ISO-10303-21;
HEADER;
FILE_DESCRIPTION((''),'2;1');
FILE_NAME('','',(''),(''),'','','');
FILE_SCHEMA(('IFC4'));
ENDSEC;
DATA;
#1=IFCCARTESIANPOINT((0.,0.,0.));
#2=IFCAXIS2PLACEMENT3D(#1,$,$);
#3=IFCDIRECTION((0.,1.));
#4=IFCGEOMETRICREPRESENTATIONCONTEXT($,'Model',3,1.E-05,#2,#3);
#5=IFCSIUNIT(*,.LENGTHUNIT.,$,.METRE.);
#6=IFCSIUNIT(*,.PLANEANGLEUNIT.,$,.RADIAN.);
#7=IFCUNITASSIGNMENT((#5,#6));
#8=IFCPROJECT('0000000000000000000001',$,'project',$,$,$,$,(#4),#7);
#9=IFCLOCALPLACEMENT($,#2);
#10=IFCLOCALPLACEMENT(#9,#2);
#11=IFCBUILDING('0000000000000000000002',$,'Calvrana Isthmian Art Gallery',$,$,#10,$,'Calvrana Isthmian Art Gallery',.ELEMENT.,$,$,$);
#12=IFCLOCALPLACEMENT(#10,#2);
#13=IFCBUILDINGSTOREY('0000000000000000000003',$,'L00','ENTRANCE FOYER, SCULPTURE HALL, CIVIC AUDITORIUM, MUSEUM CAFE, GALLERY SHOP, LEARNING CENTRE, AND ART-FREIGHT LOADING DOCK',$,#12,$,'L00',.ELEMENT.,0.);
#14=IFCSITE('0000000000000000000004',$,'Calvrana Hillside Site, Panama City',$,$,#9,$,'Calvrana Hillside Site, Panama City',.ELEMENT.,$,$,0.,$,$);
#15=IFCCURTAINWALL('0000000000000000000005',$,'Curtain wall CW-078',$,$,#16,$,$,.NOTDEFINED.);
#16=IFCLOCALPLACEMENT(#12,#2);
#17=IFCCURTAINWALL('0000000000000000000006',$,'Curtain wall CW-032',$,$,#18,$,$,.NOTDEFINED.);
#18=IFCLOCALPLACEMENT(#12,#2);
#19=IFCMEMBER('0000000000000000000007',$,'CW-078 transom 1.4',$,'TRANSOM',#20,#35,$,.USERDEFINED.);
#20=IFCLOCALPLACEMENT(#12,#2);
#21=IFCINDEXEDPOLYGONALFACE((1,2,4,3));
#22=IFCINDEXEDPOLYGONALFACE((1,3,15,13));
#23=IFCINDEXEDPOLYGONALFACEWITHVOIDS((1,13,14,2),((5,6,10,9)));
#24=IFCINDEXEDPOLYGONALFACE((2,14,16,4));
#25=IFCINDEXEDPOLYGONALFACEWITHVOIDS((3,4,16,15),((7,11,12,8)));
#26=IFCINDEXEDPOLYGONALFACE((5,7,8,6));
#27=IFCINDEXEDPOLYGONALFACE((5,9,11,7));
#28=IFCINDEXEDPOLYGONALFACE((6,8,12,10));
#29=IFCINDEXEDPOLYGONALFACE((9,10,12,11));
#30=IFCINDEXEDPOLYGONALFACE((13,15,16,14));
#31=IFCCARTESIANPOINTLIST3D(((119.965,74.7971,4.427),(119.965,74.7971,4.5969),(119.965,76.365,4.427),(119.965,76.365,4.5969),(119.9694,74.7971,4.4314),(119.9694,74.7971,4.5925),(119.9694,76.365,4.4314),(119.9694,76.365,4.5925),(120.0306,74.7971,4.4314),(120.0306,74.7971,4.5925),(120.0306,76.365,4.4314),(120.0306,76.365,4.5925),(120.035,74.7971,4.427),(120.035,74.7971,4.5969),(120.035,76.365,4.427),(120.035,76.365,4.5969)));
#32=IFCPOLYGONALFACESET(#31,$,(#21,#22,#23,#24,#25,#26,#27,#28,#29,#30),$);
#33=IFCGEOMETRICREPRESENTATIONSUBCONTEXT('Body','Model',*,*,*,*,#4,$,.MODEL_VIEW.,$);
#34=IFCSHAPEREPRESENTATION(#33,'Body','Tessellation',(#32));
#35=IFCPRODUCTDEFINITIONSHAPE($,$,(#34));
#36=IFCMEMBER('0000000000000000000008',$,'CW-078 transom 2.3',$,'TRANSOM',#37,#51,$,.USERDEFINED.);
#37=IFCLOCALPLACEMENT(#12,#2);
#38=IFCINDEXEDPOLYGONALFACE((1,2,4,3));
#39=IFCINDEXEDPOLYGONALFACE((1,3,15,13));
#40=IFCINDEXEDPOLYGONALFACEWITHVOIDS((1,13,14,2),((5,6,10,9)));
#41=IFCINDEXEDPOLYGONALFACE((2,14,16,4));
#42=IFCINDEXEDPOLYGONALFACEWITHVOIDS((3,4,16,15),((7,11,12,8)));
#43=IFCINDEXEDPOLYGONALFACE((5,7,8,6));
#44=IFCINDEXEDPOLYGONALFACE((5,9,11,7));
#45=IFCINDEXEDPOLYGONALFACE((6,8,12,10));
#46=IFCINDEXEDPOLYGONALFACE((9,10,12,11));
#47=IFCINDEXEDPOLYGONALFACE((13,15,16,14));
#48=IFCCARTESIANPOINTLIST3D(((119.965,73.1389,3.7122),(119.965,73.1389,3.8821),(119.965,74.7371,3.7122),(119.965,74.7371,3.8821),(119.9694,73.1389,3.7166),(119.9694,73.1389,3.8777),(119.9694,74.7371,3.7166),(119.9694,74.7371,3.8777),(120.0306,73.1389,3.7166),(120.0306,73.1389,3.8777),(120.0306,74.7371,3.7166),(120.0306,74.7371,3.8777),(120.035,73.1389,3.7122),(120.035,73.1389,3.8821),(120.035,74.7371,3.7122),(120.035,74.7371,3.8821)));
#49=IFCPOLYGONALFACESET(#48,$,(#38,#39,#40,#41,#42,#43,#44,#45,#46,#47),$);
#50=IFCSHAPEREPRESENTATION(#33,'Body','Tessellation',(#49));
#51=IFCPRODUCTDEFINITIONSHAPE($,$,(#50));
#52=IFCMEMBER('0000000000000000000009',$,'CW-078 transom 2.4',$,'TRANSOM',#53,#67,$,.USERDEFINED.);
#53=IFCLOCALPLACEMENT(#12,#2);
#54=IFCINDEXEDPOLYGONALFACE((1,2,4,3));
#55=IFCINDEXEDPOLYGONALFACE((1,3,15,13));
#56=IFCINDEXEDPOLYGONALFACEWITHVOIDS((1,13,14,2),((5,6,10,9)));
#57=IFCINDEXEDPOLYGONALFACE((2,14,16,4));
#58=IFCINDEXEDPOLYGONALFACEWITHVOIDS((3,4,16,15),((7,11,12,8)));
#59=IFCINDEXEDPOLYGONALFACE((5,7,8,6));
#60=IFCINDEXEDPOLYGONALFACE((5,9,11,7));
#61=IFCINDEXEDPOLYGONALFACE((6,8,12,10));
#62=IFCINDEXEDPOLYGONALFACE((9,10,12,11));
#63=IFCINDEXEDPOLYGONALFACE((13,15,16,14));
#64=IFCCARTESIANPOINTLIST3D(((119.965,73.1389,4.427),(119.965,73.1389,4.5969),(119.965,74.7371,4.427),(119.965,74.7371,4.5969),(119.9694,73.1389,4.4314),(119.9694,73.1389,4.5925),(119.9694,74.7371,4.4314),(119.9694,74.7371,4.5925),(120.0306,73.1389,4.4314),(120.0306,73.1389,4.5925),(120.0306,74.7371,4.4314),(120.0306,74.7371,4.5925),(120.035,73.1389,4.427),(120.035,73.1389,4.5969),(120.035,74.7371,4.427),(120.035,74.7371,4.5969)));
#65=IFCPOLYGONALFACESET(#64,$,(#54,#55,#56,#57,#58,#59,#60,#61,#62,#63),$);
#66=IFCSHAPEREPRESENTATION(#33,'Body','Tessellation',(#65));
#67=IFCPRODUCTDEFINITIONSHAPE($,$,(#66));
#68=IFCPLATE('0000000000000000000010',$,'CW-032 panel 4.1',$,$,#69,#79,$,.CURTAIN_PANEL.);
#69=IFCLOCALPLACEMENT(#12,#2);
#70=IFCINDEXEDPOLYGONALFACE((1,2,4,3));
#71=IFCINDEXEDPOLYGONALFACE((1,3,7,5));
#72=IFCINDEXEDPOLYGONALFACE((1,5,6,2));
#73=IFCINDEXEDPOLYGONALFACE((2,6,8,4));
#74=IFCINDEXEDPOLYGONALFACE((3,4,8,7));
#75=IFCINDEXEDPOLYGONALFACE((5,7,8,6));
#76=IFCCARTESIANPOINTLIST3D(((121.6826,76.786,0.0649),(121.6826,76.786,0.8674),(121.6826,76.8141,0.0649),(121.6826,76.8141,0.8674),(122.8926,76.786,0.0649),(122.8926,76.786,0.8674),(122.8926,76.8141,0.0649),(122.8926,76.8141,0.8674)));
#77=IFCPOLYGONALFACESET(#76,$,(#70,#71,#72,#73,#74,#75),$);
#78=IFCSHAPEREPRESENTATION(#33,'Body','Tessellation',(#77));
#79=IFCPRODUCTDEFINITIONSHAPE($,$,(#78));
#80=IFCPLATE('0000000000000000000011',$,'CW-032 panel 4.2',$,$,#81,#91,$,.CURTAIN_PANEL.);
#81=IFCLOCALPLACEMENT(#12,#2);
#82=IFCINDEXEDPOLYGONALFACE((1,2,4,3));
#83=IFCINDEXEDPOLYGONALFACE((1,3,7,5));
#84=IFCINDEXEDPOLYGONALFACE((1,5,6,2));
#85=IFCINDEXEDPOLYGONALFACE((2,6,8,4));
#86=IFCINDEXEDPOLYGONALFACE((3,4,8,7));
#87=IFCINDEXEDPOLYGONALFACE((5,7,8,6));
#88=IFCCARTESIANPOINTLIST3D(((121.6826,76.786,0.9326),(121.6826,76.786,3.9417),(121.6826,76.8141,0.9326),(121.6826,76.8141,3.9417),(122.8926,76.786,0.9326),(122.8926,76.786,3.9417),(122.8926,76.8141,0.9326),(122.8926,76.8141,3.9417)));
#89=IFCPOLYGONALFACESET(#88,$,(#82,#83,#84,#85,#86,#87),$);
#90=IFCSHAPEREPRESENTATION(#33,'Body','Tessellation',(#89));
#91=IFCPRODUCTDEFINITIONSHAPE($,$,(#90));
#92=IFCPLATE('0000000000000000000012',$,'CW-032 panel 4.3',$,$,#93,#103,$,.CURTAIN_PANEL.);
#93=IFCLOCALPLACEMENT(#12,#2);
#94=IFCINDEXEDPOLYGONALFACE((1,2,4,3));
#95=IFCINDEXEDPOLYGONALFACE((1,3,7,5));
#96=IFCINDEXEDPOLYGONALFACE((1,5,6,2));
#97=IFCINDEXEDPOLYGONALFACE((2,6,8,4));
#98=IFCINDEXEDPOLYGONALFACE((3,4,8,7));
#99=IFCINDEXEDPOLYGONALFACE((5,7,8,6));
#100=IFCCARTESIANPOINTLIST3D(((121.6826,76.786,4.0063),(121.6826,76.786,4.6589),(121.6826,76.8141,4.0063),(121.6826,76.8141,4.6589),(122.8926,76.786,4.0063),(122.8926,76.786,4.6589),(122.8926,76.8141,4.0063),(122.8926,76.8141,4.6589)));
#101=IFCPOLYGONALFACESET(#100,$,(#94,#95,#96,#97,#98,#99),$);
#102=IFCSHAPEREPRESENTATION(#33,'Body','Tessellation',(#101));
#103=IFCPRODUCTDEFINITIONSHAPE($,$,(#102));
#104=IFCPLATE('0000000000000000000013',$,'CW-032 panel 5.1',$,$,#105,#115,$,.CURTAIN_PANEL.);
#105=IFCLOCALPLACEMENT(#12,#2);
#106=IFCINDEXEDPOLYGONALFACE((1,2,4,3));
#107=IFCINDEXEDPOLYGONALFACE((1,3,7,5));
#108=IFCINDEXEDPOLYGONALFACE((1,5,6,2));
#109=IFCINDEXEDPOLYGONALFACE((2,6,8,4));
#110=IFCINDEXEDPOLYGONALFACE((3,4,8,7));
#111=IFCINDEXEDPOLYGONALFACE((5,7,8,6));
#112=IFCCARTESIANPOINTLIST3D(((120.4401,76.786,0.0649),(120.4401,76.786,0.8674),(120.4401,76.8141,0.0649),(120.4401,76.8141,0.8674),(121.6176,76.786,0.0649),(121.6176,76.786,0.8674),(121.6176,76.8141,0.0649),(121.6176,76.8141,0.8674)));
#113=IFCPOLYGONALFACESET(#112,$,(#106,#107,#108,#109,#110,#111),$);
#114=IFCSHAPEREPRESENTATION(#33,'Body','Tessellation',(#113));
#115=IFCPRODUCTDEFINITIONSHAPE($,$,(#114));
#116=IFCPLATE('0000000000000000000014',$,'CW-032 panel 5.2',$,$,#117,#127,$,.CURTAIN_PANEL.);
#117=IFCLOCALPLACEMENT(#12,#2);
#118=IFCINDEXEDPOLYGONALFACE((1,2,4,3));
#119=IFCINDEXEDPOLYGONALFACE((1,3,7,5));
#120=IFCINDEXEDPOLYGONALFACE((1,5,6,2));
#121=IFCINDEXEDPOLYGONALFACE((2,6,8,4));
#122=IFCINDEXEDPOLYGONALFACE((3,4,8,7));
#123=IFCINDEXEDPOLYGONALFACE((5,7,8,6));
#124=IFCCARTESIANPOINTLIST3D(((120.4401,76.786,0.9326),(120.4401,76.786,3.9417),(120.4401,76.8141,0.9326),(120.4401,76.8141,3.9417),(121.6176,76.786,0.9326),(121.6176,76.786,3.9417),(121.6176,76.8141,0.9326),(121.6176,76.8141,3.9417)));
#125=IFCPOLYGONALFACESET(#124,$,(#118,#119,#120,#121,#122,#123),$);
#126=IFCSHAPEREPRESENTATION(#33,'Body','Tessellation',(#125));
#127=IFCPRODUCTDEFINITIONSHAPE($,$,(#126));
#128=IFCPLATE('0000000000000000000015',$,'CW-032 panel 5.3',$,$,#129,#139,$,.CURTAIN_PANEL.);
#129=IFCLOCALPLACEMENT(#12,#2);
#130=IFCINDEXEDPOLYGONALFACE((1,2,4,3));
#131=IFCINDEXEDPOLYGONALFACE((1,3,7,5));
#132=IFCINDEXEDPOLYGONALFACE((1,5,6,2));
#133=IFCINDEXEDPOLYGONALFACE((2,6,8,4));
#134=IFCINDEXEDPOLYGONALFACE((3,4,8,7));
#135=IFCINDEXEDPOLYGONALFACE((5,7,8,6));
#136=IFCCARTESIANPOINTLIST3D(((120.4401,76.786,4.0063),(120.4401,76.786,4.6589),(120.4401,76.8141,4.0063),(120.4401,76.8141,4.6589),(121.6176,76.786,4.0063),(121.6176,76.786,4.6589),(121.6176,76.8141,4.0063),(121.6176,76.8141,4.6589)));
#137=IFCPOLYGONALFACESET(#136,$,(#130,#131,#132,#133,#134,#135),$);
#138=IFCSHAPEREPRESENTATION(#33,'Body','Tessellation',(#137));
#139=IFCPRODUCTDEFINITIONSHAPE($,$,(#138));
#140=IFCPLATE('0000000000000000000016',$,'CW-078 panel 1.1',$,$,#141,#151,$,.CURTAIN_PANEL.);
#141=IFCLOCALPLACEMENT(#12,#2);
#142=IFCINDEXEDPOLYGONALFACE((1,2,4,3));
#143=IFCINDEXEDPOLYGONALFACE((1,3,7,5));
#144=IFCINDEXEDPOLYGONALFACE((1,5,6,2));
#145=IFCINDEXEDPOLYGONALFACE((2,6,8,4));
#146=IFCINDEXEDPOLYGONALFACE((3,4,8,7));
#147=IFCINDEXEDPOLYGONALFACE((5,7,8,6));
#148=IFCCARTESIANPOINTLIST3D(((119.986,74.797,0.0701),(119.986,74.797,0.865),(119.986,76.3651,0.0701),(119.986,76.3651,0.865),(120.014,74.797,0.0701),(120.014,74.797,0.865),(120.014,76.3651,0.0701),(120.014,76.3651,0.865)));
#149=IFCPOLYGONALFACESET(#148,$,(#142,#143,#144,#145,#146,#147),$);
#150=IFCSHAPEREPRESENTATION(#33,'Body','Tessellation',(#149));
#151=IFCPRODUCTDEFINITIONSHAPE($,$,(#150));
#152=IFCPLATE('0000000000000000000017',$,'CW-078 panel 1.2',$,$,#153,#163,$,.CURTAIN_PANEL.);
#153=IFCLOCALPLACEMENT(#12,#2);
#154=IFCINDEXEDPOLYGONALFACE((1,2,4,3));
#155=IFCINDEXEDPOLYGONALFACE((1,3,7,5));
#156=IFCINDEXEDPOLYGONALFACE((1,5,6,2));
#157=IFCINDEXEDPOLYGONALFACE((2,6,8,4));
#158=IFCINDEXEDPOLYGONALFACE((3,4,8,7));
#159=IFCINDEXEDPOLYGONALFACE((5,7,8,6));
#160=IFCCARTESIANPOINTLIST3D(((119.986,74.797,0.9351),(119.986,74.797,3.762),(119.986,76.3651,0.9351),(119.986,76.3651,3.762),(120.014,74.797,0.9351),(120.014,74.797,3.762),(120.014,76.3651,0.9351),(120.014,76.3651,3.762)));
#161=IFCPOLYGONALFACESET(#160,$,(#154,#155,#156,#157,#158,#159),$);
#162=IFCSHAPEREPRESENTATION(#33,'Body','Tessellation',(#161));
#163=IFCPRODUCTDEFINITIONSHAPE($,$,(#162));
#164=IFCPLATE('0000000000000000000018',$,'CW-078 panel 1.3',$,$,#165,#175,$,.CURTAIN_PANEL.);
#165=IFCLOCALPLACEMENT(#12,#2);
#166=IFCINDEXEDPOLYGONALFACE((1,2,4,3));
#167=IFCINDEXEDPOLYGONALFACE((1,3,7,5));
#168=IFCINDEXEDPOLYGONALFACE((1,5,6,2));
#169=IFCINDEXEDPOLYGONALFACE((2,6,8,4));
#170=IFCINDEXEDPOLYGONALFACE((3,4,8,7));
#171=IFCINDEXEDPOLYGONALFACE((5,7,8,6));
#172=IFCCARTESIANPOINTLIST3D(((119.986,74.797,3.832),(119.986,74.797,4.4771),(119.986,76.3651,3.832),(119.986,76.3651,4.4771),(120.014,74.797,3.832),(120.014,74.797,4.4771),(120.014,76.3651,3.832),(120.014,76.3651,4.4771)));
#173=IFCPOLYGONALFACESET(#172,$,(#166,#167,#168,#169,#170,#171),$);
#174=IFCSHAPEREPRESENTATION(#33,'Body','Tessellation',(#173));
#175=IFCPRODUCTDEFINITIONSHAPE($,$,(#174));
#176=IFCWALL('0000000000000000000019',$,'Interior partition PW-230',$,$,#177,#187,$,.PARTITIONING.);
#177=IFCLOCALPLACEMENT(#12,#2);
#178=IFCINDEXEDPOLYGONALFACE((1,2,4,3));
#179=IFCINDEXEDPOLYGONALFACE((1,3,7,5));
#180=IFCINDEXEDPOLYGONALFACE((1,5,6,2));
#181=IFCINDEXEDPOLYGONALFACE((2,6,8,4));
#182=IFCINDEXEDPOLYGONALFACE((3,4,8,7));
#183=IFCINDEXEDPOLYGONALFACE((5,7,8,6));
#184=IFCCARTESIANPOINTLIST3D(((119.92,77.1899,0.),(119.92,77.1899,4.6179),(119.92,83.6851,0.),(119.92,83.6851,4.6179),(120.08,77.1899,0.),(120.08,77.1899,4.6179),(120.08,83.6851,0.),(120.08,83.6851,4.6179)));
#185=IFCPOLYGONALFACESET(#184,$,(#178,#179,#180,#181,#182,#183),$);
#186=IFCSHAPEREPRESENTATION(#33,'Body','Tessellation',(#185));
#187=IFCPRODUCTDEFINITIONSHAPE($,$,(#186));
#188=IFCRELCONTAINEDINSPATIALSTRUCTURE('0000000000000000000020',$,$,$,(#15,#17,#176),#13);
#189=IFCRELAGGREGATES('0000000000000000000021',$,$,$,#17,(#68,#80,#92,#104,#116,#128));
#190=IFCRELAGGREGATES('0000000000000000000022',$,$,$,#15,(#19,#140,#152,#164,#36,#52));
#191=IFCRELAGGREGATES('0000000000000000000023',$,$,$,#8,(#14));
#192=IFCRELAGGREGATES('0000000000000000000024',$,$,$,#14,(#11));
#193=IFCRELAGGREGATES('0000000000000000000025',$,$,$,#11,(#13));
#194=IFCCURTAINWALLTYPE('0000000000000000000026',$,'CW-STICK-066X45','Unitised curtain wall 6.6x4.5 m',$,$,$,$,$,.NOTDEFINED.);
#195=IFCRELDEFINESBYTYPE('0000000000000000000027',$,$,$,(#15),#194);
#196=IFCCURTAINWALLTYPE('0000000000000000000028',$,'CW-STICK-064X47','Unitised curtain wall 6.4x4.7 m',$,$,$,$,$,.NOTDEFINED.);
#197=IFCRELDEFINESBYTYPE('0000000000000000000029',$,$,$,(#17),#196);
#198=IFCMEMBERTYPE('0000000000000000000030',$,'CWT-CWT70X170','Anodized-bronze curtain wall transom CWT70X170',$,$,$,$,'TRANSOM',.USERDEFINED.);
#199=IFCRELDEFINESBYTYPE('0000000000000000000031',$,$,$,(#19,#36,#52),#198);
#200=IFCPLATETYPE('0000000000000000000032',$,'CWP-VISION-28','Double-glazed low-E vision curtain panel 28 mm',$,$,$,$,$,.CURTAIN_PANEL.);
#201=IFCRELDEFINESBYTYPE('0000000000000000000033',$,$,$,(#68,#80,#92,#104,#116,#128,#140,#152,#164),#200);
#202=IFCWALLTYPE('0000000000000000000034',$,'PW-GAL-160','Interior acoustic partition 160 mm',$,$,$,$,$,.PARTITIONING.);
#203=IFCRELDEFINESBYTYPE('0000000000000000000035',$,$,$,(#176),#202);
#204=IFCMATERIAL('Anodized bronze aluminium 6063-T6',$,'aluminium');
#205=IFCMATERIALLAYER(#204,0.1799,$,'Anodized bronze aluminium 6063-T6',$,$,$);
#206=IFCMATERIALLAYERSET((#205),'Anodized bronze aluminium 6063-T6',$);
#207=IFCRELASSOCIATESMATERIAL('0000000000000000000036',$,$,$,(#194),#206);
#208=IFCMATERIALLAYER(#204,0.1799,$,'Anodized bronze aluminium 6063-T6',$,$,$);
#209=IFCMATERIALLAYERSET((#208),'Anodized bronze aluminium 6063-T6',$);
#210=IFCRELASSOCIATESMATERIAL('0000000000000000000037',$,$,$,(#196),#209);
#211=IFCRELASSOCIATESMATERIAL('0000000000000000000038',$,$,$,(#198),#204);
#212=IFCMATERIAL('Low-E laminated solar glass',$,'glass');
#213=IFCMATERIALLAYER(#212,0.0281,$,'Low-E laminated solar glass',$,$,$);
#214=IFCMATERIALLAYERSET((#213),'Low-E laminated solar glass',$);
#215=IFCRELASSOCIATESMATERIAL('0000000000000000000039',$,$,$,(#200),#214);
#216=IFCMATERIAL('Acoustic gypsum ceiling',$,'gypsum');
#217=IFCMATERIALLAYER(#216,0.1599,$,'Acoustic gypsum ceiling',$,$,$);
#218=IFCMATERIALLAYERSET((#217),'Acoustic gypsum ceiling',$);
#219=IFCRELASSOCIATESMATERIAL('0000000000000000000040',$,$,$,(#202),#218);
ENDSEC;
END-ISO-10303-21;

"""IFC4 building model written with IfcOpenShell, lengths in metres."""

from ifc_helpers import new_model, si_unit, direction, frame, frame_2d, origin, origin_2d, place, context, subcontext, project, spatial, rectangle, hollow_rectangle, extrude, material, layer, layer_set, material_profile, profile_set, type_object, element, aggregate, save


model = new_model("IFC4")

# Units and contexts
model_context = context("Model", 3, precision=1e-05, world=origin(), true_north=direction((0.0, 1.0)))
body_context = subcontext(model_context, "Body", "Model", "MODEL_VIEW")
ifc_project = project(units=[si_unit("LENGTHUNIT", "METRE"), si_unit("PLANEANGLEUNIT", "RADIAN")], contexts=[model_context])

# Site, building, storey
site_placement = place(None, origin())
site = spatial("IfcSite", under=ifc_project, at=site_placement, Name="Calvrana Hillside Site, Panama City", LongName="Calvrana Hillside Site, Panama City", CompositionType="ELEMENT", RefElevation=0.0)
building_placement = place(site_placement, origin())
building = spatial("IfcBuilding", under=site, at=building_placement, Name="Calvrana Isthmian Art Gallery", LongName="Calvrana Isthmian Art Gallery", CompositionType="ELEMENT")
storey_placement = place(building_placement, origin())
storey = spatial("IfcBuildingStorey", under=building, at=storey_placement, Name="L00", Description="ENTRANCE FOYER, SCULPTURE HALL, CIVIC AUDITORIUM, MUSEUM CAFE, GALLERY SHOP, LEARNING CENTRE, AND ART-FREIGHT LOADING DOCK", LongName="L00", CompositionType="ELEMENT", Elevation=0.0)

# Curtain walls
ifc_material_1 = material(Name="Anodized bronze aluminium 6063-T6", Category="aluminium")
ifc_layer_1 = layer(ifc_material_1, 0.1799, Name="Anodized bronze aluminium 6063-T6")
ifc_layer_set_1 = layer_set([ifc_layer_1], Name="Anodized bronze aluminium 6063-T6")
curtain_wall_type_1 = type_object("IfcCurtainWallType", Name="CW-STICK-066X45", Description="Unitised curtain wall 6.6x4.5 m", PredefinedType="NOTDEFINED", material=ifc_layer_set_1)
curtain_wall_1_placement = place(storey_placement, origin())
curtain_wall_1 = element("IfcCurtainWall", 1, at=curtain_wall_1_placement, inside=storey, type_object=curtain_wall_type_1, Name="Curtain wall CW-078", PredefinedType="NOTDEFINED")
ifc_layer_2 = layer(ifc_material_1, 0.1799, Name="Anodized bronze aluminium 6063-T6")
ifc_layer_set_2 = layer_set([ifc_layer_2], Name="Anodized bronze aluminium 6063-T6")
curtain_wall_type_2 = type_object("IfcCurtainWallType", Name="CW-STICK-064X47", Description="Unitised curtain wall 6.4x4.7 m", PredefinedType="NOTDEFINED", material=ifc_layer_set_2)
curtain_wall_2_placement = place(storey_placement, origin())
curtain_wall_2 = element("IfcCurtainWall", 2, at=curtain_wall_2_placement, inside=storey, type_object=curtain_wall_type_2, Name="Curtain wall CW-032", PredefinedType="NOTDEFINED")

# Members
ifc_material_profile_1 = material_profile(ifc_material_1, hollow_rectangle(XDim=0.0701, YDim=0.1699, WallThickness=0.0044, at=origin_2d()), Name="CWT70X170")
ifc_profile_set_1 = profile_set([ifc_material_profile_1], Name="Anodized bronze aluminium 6063-T6")
member_type_1 = type_object("IfcMemberType", Name="CWT-CWT70X170", Description="Anodized-bronze curtain wall transom CWT70X170", ElementType="TRANSOM", PredefinedType="USERDEFINED", material=ifc_profile_set_1)
member_1_placement = place(storey_placement, frame((120.0, 76.365, 4.512), z_axis=(0.0, -1.0, 0.0), x_axis=(1.0, 0.0, 0.0)))
member_1 = element("IfcMember", 3, at=member_1_placement, type_object=member_type_1, Name="CW-078 transom 1.4", ObjectType="TRANSOM", PredefinedType="USERDEFINED", context=body_context, shape_type="SweptSolid", body=[
    extrude(hollow_rectangle(XDim=0.0701, YDim=0.1699, WallThickness=0.0044, at=origin_2d()), origin(), (0.0, 0.0, 1.0), 1.5679),
])
member_2_placement = place(storey_placement, frame((120.0, 74.7371, 3.7971), z_axis=(0.0, -1.0, 0.0), x_axis=(1.0, 0.0, 0.0)))
member_2 = element("IfcMember", 4, at=member_2_placement, type_object=member_type_1, Name="CW-078 transom 2.3", ObjectType="TRANSOM", PredefinedType="USERDEFINED", context=body_context, shape_type="SweptSolid", body=[
    extrude(hollow_rectangle(XDim=0.0701, YDim=0.1699, WallThickness=0.0044, at=origin_2d()), origin(), (0.0, 0.0, 1.0), 1.5981),
])
member_3_placement = place(storey_placement, frame((120.0, 74.7371, 4.512), z_axis=(0.0, -1.0, 0.0), x_axis=(1.0, 0.0, 0.0)))
member_3 = element("IfcMember", 5, at=member_3_placement, type_object=member_type_1, Name="CW-078 transom 2.4", ObjectType="TRANSOM", PredefinedType="USERDEFINED", context=body_context, shape_type="SweptSolid", body=[
    extrude(hollow_rectangle(XDim=0.0701, YDim=0.1699, WallThickness=0.0044, at=origin_2d()), origin(), (0.0, 0.0, 1.0), 1.5981),
])

# Plates
ifc_material_2 = material(Name="Low-E laminated solar glass", Category="glass")
ifc_layer_3 = layer(ifc_material_2, 0.0281, Name="Low-E laminated solar glass")
ifc_layer_set_3 = layer_set([ifc_layer_3], Name="Low-E laminated solar glass")
plate_type = type_object("IfcPlateType", Name="CWP-VISION-28", Description="Double-glazed low-E vision curtain panel 28 mm", PredefinedType="CURTAIN_PANEL", material=ifc_layer_set_3)
plate_1_placement = place(storey_placement, frame((122.2876, 76.8, 0.0649), z_axis=(0.0, 0.0, 1.0), x_axis=(-1.0, 0.0, 0.0)))
plate_1 = element("IfcPlate", 6, at=plate_1_placement, type_object=plate_type, Name="CW-032 panel 4.1", PredefinedType="CURTAIN_PANEL", context=body_context, shape_type="SweptSolid", body=[
    extrude(rectangle(XDim=1.21, YDim=0.0281, at=origin_2d()), origin(), (0.0, 0.0, 1.0), 0.8025),
])
plate_2_placement = place(storey_placement, frame((122.2876, 76.8, 0.9326), z_axis=(0.0, 0.0, 1.0), x_axis=(-1.0, 0.0, 0.0)))
plate_2 = element("IfcPlate", 7, at=plate_2_placement, type_object=plate_type, Name="CW-032 panel 4.2", PredefinedType="CURTAIN_PANEL", context=body_context, shape_type="SweptSolid", body=[
    extrude(rectangle(XDim=1.21, YDim=0.0281, at=origin_2d()), origin(), (0.0, 0.0, 1.0), 3.009),
])
plate_3_placement = place(storey_placement, frame((122.2876, 76.8, 4.0063), z_axis=(0.0, 0.0, 1.0), x_axis=(-1.0, 0.0, 0.0)))
plate_3 = element("IfcPlate", 8, at=plate_3_placement, type_object=plate_type, Name="CW-032 panel 4.3", PredefinedType="CURTAIN_PANEL", context=body_context, shape_type="SweptSolid", body=[
    extrude(rectangle(XDim=1.21, YDim=0.0281, at=origin_2d()), origin(), (0.0, 0.0, 1.0), 0.6526),
])
plate_4_placement = place(storey_placement, frame((121.0288, 76.8, 0.0649), z_axis=(0.0, 0.0, 1.0), x_axis=(-1.0, 0.0, 0.0)))
plate_4 = element("IfcPlate", 9, at=plate_4_placement, type_object=plate_type, Name="CW-032 panel 5.1", PredefinedType="CURTAIN_PANEL", context=body_context, shape_type="SweptSolid", body=[
    extrude(rectangle(XDim=1.1775, YDim=0.0281, at=origin_2d()), origin(), (0.0, 0.0, 1.0), 0.8025),
])
plate_5_placement = place(storey_placement, frame((121.0288, 76.8, 0.9326), z_axis=(0.0, 0.0, 1.0), x_axis=(-1.0, 0.0, 0.0)))
plate_5 = element("IfcPlate", 10, at=plate_5_placement, type_object=plate_type, Name="CW-032 panel 5.2", PredefinedType="CURTAIN_PANEL", context=body_context, shape_type="SweptSolid", body=[
    extrude(rectangle(XDim=1.1775, YDim=0.0281, at=origin_2d()), origin(), (0.0, 0.0, 1.0), 3.009),
])
plate_6_placement = place(storey_placement, frame((121.0288, 76.8, 4.0063), z_axis=(0.0, 0.0, 1.0), x_axis=(-1.0, 0.0, 0.0)))
plate_6 = element("IfcPlate", 11, at=plate_6_placement, type_object=plate_type, Name="CW-032 panel 5.3", PredefinedType="CURTAIN_PANEL", context=body_context, shape_type="SweptSolid", body=[
    extrude(rectangle(XDim=1.1775, YDim=0.0281, at=origin_2d()), origin(), (0.0, 0.0, 1.0), 0.6526),
])
aggregate(curtain_wall_2, [plate_1, plate_2, plate_3, plate_4, plate_5, plate_6])
plate_7_placement = place(storey_placement, frame((120.0, 75.5811, 0.0701), z_axis=(0.0, 0.0, 1.0), x_axis=(0.0, -1.0, 0.0)))
plate_7 = element("IfcPlate", 12, at=plate_7_placement, type_object=plate_type, Name="CW-078 panel 1.1", PredefinedType="CURTAIN_PANEL", context=body_context, shape_type="SweptSolid", body=[
    extrude(rectangle(XDim=1.5681, YDim=0.0281, at=origin_2d()), origin(), (0.0, 0.0, 1.0), 0.7949),
])
plate_8_placement = place(storey_placement, frame((120.0, 75.5811, 0.9351), z_axis=(0.0, 0.0, 1.0), x_axis=(0.0, -1.0, 0.0)))
plate_8 = element("IfcPlate", 13, at=plate_8_placement, type_object=plate_type, Name="CW-078 panel 1.2", PredefinedType="CURTAIN_PANEL", context=body_context, shape_type="SweptSolid", body=[
    extrude(rectangle(XDim=1.5681, YDim=0.0281, at=origin_2d()), origin(), (0.0, 0.0, 1.0), 2.8269),
])
plate_9_placement = place(storey_placement, frame((120.0, 75.5811, 3.832), z_axis=(0.0, 0.0, 1.0), x_axis=(0.0, -1.0, 0.0)))
plate_9 = element("IfcPlate", 14, at=plate_9_placement, type_object=plate_type, Name="CW-078 panel 1.3", PredefinedType="CURTAIN_PANEL", context=body_context, shape_type="SweptSolid", body=[
    extrude(rectangle(XDim=1.5681, YDim=0.0281, at=origin_2d()), origin(), (0.0, 0.0, 1.0), 0.645),
])
aggregate(curtain_wall_1, [member_1, plate_7, plate_8, plate_9, member_2, member_3])

# Wall
ifc_material_3 = material(Name="Acoustic gypsum ceiling", Category="gypsum")
ifc_layer_4 = layer(ifc_material_3, 0.1599, Name="Acoustic gypsum ceiling")
ifc_layer_set_4 = layer_set([ifc_layer_4], Name="Acoustic gypsum ceiling")
wall_type = type_object("IfcWallType", Name="PW-GAL-160", Description="Interior acoustic partition 160 mm", PredefinedType="PARTITIONING", material=ifc_layer_set_4)
wall_1_placement = place(storey_placement, frame((120.0, 77.1899, 0.0), z_axis=(0.0, 0.0, 1.0), x_axis=(0.0, 1.0, 0.0)))
element("IfcWall", 15, at=wall_1_placement, inside=storey, type_object=wall_type, Name="Interior partition PW-230", PredefinedType="PARTITIONING", context=body_context, shape_type="SweptSolid", body=[
    extrude(rectangle(XDim=6.4951, YDim=0.1599, at=frame_2d((3.2476, 0.0))), origin(), (0.0, 0.0, 1.0), 4.6179),
])

save(model, "model.ifc")
